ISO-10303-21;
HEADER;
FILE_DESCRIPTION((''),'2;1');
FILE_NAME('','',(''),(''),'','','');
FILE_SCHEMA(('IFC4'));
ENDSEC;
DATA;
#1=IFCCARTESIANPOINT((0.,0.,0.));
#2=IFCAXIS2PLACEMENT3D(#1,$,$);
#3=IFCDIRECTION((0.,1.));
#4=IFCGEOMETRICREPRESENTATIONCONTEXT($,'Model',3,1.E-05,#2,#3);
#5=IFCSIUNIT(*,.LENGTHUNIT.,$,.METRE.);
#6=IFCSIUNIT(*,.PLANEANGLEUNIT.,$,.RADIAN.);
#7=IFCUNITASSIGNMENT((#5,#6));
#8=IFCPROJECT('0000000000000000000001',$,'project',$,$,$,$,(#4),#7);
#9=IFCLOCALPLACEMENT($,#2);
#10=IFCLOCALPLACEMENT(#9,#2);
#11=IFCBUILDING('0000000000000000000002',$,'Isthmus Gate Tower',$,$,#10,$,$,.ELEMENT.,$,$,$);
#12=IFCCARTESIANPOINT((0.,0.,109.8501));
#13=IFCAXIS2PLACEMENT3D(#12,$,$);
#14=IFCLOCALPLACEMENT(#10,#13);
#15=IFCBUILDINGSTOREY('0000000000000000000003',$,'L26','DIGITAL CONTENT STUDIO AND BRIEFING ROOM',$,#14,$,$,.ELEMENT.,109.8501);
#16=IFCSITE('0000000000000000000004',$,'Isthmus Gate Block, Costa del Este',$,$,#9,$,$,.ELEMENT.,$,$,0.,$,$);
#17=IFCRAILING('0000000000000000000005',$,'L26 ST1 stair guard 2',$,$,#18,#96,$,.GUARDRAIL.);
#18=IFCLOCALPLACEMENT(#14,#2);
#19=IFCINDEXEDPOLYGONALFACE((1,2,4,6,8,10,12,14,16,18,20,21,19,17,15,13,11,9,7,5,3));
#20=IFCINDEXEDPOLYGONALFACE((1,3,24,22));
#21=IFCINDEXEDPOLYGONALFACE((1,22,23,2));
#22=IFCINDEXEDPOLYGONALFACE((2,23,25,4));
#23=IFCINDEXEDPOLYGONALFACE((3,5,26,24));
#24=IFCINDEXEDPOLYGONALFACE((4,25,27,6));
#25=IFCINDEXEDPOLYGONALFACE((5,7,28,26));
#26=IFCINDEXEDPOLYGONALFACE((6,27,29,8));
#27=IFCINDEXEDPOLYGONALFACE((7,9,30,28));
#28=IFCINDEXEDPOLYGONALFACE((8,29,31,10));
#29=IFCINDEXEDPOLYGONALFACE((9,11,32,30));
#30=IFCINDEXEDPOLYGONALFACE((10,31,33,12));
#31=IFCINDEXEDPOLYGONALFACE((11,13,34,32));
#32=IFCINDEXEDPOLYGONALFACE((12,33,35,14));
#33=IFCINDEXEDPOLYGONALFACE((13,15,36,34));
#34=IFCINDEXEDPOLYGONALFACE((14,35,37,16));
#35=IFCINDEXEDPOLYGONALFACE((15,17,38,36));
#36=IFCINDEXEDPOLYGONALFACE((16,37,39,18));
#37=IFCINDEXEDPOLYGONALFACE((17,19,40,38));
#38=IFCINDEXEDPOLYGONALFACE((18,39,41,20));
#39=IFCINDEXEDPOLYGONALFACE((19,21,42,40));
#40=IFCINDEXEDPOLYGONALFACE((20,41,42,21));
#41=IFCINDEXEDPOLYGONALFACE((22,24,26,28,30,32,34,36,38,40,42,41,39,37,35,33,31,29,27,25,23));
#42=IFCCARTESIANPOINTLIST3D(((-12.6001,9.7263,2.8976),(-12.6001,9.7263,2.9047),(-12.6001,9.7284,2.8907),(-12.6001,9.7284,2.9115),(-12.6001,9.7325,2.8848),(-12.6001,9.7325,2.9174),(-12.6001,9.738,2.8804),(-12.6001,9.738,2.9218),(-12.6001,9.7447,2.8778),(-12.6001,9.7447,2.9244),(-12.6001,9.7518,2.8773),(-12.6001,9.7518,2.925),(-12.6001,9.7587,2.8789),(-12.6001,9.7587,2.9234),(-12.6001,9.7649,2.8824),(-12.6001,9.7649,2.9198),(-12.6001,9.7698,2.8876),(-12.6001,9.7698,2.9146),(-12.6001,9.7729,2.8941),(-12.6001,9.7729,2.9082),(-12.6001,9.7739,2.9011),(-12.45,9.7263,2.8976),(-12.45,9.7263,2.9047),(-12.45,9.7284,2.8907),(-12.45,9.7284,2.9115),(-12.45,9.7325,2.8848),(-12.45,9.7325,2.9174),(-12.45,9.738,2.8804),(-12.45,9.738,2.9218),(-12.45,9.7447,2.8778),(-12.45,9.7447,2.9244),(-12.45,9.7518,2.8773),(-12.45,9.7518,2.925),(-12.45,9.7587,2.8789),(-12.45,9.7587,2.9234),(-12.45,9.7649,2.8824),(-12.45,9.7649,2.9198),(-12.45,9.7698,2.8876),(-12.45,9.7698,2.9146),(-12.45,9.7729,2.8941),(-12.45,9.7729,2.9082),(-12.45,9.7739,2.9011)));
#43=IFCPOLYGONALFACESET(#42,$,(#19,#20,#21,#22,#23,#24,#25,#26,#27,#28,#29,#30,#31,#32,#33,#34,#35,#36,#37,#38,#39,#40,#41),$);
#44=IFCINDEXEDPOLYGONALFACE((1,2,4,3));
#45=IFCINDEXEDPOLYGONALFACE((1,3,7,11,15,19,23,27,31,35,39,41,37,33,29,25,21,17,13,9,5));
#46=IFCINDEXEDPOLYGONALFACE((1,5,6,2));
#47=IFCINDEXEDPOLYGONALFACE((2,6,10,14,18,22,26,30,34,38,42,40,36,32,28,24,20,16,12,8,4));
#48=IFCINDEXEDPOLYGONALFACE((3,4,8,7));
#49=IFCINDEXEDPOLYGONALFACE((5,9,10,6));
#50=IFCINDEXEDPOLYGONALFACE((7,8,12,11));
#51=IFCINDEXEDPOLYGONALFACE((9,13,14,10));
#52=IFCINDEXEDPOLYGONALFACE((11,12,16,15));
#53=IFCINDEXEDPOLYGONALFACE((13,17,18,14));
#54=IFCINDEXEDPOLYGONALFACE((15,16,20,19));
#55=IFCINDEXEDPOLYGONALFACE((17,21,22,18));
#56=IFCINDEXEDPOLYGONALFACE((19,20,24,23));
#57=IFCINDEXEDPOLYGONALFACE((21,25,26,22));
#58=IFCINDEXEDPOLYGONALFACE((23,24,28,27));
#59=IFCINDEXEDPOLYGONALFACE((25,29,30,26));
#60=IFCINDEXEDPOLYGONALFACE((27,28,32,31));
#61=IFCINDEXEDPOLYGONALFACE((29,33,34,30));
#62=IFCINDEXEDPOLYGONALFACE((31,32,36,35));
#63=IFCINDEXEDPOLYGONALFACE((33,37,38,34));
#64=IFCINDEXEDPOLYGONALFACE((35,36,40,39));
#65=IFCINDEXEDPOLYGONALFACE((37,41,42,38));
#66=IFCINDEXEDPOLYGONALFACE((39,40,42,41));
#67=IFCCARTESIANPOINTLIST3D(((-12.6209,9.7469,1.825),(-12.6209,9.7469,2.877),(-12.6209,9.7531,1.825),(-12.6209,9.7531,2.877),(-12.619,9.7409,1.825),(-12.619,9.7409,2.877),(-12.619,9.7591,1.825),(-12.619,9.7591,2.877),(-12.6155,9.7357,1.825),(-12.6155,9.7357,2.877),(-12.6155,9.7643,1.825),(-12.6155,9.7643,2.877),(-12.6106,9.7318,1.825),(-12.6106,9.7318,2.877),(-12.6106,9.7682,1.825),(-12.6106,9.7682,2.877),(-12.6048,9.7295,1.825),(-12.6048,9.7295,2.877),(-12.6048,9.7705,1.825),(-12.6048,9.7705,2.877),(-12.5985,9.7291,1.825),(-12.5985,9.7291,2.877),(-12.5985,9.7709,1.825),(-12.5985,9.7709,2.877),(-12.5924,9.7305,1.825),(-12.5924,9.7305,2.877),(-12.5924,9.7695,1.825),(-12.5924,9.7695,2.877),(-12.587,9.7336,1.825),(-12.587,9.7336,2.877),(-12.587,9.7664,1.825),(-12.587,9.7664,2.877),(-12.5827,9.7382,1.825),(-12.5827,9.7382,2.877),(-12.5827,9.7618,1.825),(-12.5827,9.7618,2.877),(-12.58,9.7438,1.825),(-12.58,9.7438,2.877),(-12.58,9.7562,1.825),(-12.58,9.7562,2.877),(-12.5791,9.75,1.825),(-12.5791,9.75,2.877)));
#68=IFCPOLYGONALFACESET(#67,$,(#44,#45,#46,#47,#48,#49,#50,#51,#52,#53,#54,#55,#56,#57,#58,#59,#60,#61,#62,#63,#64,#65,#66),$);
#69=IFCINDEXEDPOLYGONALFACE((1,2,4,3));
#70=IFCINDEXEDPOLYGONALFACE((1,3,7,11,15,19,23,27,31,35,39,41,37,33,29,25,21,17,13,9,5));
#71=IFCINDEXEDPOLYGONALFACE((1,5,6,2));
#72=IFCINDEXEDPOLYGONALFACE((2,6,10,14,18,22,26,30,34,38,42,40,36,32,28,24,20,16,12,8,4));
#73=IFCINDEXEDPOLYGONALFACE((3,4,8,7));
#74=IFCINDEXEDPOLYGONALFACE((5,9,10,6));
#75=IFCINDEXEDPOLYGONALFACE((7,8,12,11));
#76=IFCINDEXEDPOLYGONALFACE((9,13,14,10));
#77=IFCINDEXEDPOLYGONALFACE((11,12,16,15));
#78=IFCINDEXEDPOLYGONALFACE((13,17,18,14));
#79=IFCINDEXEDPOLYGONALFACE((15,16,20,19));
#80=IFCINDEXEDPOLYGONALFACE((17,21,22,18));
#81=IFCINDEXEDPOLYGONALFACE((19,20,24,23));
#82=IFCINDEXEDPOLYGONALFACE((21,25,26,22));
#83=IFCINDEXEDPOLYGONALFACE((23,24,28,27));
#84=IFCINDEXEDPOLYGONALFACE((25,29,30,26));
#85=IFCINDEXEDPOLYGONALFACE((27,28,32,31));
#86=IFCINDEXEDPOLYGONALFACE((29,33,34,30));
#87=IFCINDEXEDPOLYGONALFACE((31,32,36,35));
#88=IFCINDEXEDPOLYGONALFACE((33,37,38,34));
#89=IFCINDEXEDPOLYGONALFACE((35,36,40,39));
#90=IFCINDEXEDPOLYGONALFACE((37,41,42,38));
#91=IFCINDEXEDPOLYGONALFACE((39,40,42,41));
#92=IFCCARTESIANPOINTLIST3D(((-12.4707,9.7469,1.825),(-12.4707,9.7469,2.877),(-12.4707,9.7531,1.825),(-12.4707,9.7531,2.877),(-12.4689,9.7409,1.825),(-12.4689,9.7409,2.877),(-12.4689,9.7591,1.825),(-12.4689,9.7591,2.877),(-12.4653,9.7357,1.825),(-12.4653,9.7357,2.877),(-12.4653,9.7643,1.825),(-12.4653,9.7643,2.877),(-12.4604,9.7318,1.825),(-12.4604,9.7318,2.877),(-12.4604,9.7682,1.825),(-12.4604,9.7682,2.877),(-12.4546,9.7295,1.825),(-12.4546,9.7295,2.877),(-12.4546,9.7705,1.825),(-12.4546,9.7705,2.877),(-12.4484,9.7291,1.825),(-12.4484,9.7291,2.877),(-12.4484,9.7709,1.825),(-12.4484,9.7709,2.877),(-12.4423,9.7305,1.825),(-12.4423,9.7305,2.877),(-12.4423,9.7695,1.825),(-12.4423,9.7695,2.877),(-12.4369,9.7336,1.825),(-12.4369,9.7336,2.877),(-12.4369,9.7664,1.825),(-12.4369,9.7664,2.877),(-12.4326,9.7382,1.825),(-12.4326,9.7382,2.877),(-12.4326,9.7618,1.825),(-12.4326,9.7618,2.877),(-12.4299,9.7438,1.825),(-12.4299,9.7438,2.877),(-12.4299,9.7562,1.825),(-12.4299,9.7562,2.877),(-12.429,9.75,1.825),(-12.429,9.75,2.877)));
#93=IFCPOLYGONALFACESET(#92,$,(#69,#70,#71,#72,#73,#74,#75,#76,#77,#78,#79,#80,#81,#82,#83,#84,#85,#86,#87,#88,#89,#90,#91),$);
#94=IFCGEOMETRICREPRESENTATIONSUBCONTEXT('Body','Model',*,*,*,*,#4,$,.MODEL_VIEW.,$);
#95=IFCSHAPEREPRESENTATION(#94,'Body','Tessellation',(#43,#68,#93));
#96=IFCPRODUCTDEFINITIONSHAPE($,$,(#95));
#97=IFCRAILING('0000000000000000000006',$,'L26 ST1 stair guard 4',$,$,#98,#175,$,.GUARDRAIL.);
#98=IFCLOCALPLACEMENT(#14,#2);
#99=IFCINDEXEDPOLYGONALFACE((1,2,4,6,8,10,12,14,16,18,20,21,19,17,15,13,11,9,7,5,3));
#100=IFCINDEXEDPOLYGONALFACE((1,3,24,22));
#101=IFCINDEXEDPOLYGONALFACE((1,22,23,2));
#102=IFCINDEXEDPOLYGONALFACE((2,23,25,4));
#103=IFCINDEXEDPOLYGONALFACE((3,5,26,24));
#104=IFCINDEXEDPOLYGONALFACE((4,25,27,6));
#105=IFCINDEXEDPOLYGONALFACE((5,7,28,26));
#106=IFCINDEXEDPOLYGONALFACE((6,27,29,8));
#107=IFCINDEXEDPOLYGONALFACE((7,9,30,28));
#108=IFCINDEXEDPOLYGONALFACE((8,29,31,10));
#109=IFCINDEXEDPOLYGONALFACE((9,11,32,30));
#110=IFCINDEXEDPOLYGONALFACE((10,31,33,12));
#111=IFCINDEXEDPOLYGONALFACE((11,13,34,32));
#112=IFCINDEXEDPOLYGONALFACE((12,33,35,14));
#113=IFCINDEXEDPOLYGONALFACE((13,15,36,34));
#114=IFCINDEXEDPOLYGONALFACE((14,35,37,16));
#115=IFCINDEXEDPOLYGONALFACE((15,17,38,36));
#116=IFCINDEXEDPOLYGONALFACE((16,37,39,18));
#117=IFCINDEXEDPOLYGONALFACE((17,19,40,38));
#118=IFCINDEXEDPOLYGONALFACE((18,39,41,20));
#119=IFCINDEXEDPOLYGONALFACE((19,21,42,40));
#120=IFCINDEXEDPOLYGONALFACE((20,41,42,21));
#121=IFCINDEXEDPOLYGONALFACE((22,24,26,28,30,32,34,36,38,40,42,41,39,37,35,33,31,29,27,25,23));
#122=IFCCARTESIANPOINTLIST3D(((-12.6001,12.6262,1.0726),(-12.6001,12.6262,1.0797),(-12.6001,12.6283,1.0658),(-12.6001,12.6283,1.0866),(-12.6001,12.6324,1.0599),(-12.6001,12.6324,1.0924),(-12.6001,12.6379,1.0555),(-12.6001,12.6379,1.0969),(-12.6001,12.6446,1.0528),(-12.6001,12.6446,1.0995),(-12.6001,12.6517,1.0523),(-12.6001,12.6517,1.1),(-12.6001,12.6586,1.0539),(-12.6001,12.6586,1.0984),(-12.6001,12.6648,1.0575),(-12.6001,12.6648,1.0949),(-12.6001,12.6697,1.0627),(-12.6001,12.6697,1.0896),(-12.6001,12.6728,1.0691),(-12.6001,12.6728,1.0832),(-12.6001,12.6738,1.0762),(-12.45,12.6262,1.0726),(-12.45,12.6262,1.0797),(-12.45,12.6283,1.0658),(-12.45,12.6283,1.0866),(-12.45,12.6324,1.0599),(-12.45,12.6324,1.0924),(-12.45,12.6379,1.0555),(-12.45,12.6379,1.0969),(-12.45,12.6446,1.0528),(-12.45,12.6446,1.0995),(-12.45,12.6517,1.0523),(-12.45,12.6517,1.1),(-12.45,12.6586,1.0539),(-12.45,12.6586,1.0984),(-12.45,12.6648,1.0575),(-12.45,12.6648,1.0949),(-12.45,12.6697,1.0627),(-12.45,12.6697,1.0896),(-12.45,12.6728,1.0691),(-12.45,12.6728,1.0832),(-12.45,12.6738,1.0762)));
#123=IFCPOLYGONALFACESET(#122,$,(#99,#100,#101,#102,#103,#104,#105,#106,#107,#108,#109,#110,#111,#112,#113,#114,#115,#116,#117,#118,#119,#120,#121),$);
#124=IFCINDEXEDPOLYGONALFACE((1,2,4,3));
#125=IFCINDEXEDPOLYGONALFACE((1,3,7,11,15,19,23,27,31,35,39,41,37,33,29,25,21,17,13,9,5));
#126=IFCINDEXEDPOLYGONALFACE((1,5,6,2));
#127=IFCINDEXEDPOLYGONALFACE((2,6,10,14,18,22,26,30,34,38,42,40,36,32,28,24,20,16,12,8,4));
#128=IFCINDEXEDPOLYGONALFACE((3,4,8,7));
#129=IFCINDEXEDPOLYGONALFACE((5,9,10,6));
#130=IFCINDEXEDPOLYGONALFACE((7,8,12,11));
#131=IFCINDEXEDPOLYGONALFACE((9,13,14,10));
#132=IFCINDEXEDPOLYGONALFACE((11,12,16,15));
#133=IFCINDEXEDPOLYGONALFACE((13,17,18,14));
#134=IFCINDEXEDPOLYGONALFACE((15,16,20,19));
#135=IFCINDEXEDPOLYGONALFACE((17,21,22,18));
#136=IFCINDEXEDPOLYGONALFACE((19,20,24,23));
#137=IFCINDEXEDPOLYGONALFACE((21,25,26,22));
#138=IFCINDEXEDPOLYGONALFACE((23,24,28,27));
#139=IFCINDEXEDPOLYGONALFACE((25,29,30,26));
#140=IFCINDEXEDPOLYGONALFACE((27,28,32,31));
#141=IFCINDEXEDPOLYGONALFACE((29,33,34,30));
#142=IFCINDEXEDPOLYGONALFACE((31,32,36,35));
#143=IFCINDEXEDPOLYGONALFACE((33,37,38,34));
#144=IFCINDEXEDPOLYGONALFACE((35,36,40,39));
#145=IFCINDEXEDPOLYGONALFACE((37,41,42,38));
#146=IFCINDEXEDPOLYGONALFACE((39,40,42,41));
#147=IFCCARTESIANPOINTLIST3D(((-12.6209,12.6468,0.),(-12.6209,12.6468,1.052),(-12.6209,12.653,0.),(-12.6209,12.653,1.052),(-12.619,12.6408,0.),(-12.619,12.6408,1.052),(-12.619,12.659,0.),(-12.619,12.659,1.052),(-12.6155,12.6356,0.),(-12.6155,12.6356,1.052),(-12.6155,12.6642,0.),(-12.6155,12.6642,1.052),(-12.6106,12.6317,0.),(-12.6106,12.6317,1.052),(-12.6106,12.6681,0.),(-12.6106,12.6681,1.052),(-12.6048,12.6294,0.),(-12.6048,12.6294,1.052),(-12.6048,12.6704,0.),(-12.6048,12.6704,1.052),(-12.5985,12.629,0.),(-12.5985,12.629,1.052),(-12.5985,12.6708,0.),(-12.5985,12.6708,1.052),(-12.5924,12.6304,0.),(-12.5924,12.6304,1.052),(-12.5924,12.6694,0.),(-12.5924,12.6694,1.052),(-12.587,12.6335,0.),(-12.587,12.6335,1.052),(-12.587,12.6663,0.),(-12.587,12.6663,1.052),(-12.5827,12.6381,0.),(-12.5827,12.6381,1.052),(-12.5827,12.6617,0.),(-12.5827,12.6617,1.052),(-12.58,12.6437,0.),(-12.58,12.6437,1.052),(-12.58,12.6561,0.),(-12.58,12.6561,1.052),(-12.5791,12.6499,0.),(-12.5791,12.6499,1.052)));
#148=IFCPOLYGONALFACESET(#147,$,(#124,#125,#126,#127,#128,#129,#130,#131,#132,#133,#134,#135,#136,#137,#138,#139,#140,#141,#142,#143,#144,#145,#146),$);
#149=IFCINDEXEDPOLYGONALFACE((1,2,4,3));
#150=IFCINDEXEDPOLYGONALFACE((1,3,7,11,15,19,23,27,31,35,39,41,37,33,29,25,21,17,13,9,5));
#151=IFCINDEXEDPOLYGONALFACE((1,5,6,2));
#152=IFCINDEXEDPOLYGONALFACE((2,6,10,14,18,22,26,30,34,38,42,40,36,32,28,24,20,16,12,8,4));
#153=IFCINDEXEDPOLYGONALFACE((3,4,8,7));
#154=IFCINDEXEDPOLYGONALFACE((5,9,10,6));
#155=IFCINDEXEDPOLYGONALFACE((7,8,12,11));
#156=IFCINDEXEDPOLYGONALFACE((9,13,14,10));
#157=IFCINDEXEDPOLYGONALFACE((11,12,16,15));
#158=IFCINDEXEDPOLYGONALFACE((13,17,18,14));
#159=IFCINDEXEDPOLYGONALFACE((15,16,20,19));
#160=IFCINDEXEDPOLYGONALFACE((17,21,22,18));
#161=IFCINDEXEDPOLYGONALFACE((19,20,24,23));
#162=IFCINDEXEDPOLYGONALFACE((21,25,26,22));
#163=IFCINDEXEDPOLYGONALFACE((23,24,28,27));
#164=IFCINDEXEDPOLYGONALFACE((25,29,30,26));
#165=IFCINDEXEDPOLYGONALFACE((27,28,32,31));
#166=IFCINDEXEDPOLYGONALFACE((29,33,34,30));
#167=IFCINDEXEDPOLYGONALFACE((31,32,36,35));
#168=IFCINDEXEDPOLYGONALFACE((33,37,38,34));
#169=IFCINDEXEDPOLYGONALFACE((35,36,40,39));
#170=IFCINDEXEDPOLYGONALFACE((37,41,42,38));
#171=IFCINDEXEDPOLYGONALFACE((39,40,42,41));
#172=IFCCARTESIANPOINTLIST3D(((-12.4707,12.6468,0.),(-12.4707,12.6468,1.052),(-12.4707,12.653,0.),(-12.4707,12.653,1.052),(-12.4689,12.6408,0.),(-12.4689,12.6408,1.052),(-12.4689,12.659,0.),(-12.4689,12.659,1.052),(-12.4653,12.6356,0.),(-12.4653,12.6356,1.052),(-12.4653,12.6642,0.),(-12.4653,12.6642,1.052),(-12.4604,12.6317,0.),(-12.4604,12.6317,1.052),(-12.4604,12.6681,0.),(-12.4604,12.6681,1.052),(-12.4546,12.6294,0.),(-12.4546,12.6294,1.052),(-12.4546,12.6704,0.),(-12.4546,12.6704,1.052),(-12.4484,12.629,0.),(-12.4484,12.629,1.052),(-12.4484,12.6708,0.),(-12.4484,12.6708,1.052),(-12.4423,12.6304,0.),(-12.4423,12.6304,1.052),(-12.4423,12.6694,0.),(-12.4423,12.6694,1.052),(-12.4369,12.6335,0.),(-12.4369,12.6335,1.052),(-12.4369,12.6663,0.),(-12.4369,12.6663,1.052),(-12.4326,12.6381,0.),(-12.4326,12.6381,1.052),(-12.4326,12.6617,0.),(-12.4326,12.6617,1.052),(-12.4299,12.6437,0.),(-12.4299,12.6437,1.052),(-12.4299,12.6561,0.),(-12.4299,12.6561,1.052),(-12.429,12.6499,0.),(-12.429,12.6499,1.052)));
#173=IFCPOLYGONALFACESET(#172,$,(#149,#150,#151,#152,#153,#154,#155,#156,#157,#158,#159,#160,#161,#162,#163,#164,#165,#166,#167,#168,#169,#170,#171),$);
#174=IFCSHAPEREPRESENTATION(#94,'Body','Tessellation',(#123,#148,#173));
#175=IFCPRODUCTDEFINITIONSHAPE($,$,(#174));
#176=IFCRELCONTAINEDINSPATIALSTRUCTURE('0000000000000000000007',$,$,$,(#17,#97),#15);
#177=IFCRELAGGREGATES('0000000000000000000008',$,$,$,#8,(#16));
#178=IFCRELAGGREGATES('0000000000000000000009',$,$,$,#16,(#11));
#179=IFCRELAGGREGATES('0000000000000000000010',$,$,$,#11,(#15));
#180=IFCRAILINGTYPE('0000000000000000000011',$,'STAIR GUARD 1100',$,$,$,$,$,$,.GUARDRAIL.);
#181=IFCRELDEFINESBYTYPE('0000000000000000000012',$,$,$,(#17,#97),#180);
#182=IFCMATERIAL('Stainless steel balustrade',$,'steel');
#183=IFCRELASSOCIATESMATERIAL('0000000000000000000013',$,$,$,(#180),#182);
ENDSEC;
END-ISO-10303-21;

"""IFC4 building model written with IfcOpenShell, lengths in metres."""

from ifc_helpers import new_model, si_unit, direction, frame, origin, origin_2d, place, context, subcontext, project, spatial, circle, extrude, material, type_object, element, save


model = new_model("IFC4")

# Units and contexts
model_context = context("Model", 3, precision=1e-05, world=origin(), true_north=direction((0.0, 1.0)))
body_context = subcontext(model_context, "Body", "Model", "MODEL_VIEW")
ifc_project = project(units=[si_unit("LENGTHUNIT", "METRE"), si_unit("PLANEANGLEUNIT", "RADIAN")], contexts=[model_context])

# Site, building, storey
site_placement = place(None, origin())
site = spatial("IfcSite", under=ifc_project, at=site_placement, Name="Isthmus Gate Block, Costa del Este", CompositionType="ELEMENT", RefElevation=0.0)
building_placement = place(site_placement, origin())
building = spatial("IfcBuilding", under=site, at=building_placement, Name="Isthmus Gate Tower", CompositionType="ELEMENT")
storey_placement = place(building_placement, frame((0.0, 0.0, 109.8501)))
storey = spatial("IfcBuildingStorey", under=building, at=storey_placement, Name="L26", Description="DIGITAL CONTENT STUDIO AND BRIEFING ROOM", CompositionType="ELEMENT", Elevation=109.8501)

# Railings
ifc_material_1 = material(Name="Stainless steel balustrade", Category="steel")
railing_type_1 = type_object("IfcRailingType", Name="STAIR GUARD 1100", PredefinedType="GUARDRAIL", material=ifc_material_1)
for number, where, name in (
    (1, (-12.6001, 9.75, 1.825), "L26 ST1 stair guard 2"),
    (2, (-12.6001, 12.6499, 0.0), "L26 ST1 stair guard 4"),
):
    element("IfcRailing", number, at=place(storey_placement, frame(where)), inside=storey, type_object=railing_type_1, Name=name, PredefinedType="GUARDRAIL", context=body_context, shape_type="SweptSolid", body=[
        extrude(circle(Radius=0.0239, at=origin_2d()), frame((0.0, 0.0, 1.0762), z_axis=(1.0, 0.0, 0.0), x_axis=(0.0, 1.0, 0.0)), (0.0, 0.0, 1.0), 0.1501),
        extrude(circle(Radius=0.021, at=origin_2d()), origin(), (0.0, 0.0, 1.0), 1.052),
        extrude(circle(Radius=0.021, at=origin_2d()), frame((0.1501, 0.0, 0.0)), (0.0, 0.0, 1.0), 1.052),
    ])

save(model, "model.ifc")
